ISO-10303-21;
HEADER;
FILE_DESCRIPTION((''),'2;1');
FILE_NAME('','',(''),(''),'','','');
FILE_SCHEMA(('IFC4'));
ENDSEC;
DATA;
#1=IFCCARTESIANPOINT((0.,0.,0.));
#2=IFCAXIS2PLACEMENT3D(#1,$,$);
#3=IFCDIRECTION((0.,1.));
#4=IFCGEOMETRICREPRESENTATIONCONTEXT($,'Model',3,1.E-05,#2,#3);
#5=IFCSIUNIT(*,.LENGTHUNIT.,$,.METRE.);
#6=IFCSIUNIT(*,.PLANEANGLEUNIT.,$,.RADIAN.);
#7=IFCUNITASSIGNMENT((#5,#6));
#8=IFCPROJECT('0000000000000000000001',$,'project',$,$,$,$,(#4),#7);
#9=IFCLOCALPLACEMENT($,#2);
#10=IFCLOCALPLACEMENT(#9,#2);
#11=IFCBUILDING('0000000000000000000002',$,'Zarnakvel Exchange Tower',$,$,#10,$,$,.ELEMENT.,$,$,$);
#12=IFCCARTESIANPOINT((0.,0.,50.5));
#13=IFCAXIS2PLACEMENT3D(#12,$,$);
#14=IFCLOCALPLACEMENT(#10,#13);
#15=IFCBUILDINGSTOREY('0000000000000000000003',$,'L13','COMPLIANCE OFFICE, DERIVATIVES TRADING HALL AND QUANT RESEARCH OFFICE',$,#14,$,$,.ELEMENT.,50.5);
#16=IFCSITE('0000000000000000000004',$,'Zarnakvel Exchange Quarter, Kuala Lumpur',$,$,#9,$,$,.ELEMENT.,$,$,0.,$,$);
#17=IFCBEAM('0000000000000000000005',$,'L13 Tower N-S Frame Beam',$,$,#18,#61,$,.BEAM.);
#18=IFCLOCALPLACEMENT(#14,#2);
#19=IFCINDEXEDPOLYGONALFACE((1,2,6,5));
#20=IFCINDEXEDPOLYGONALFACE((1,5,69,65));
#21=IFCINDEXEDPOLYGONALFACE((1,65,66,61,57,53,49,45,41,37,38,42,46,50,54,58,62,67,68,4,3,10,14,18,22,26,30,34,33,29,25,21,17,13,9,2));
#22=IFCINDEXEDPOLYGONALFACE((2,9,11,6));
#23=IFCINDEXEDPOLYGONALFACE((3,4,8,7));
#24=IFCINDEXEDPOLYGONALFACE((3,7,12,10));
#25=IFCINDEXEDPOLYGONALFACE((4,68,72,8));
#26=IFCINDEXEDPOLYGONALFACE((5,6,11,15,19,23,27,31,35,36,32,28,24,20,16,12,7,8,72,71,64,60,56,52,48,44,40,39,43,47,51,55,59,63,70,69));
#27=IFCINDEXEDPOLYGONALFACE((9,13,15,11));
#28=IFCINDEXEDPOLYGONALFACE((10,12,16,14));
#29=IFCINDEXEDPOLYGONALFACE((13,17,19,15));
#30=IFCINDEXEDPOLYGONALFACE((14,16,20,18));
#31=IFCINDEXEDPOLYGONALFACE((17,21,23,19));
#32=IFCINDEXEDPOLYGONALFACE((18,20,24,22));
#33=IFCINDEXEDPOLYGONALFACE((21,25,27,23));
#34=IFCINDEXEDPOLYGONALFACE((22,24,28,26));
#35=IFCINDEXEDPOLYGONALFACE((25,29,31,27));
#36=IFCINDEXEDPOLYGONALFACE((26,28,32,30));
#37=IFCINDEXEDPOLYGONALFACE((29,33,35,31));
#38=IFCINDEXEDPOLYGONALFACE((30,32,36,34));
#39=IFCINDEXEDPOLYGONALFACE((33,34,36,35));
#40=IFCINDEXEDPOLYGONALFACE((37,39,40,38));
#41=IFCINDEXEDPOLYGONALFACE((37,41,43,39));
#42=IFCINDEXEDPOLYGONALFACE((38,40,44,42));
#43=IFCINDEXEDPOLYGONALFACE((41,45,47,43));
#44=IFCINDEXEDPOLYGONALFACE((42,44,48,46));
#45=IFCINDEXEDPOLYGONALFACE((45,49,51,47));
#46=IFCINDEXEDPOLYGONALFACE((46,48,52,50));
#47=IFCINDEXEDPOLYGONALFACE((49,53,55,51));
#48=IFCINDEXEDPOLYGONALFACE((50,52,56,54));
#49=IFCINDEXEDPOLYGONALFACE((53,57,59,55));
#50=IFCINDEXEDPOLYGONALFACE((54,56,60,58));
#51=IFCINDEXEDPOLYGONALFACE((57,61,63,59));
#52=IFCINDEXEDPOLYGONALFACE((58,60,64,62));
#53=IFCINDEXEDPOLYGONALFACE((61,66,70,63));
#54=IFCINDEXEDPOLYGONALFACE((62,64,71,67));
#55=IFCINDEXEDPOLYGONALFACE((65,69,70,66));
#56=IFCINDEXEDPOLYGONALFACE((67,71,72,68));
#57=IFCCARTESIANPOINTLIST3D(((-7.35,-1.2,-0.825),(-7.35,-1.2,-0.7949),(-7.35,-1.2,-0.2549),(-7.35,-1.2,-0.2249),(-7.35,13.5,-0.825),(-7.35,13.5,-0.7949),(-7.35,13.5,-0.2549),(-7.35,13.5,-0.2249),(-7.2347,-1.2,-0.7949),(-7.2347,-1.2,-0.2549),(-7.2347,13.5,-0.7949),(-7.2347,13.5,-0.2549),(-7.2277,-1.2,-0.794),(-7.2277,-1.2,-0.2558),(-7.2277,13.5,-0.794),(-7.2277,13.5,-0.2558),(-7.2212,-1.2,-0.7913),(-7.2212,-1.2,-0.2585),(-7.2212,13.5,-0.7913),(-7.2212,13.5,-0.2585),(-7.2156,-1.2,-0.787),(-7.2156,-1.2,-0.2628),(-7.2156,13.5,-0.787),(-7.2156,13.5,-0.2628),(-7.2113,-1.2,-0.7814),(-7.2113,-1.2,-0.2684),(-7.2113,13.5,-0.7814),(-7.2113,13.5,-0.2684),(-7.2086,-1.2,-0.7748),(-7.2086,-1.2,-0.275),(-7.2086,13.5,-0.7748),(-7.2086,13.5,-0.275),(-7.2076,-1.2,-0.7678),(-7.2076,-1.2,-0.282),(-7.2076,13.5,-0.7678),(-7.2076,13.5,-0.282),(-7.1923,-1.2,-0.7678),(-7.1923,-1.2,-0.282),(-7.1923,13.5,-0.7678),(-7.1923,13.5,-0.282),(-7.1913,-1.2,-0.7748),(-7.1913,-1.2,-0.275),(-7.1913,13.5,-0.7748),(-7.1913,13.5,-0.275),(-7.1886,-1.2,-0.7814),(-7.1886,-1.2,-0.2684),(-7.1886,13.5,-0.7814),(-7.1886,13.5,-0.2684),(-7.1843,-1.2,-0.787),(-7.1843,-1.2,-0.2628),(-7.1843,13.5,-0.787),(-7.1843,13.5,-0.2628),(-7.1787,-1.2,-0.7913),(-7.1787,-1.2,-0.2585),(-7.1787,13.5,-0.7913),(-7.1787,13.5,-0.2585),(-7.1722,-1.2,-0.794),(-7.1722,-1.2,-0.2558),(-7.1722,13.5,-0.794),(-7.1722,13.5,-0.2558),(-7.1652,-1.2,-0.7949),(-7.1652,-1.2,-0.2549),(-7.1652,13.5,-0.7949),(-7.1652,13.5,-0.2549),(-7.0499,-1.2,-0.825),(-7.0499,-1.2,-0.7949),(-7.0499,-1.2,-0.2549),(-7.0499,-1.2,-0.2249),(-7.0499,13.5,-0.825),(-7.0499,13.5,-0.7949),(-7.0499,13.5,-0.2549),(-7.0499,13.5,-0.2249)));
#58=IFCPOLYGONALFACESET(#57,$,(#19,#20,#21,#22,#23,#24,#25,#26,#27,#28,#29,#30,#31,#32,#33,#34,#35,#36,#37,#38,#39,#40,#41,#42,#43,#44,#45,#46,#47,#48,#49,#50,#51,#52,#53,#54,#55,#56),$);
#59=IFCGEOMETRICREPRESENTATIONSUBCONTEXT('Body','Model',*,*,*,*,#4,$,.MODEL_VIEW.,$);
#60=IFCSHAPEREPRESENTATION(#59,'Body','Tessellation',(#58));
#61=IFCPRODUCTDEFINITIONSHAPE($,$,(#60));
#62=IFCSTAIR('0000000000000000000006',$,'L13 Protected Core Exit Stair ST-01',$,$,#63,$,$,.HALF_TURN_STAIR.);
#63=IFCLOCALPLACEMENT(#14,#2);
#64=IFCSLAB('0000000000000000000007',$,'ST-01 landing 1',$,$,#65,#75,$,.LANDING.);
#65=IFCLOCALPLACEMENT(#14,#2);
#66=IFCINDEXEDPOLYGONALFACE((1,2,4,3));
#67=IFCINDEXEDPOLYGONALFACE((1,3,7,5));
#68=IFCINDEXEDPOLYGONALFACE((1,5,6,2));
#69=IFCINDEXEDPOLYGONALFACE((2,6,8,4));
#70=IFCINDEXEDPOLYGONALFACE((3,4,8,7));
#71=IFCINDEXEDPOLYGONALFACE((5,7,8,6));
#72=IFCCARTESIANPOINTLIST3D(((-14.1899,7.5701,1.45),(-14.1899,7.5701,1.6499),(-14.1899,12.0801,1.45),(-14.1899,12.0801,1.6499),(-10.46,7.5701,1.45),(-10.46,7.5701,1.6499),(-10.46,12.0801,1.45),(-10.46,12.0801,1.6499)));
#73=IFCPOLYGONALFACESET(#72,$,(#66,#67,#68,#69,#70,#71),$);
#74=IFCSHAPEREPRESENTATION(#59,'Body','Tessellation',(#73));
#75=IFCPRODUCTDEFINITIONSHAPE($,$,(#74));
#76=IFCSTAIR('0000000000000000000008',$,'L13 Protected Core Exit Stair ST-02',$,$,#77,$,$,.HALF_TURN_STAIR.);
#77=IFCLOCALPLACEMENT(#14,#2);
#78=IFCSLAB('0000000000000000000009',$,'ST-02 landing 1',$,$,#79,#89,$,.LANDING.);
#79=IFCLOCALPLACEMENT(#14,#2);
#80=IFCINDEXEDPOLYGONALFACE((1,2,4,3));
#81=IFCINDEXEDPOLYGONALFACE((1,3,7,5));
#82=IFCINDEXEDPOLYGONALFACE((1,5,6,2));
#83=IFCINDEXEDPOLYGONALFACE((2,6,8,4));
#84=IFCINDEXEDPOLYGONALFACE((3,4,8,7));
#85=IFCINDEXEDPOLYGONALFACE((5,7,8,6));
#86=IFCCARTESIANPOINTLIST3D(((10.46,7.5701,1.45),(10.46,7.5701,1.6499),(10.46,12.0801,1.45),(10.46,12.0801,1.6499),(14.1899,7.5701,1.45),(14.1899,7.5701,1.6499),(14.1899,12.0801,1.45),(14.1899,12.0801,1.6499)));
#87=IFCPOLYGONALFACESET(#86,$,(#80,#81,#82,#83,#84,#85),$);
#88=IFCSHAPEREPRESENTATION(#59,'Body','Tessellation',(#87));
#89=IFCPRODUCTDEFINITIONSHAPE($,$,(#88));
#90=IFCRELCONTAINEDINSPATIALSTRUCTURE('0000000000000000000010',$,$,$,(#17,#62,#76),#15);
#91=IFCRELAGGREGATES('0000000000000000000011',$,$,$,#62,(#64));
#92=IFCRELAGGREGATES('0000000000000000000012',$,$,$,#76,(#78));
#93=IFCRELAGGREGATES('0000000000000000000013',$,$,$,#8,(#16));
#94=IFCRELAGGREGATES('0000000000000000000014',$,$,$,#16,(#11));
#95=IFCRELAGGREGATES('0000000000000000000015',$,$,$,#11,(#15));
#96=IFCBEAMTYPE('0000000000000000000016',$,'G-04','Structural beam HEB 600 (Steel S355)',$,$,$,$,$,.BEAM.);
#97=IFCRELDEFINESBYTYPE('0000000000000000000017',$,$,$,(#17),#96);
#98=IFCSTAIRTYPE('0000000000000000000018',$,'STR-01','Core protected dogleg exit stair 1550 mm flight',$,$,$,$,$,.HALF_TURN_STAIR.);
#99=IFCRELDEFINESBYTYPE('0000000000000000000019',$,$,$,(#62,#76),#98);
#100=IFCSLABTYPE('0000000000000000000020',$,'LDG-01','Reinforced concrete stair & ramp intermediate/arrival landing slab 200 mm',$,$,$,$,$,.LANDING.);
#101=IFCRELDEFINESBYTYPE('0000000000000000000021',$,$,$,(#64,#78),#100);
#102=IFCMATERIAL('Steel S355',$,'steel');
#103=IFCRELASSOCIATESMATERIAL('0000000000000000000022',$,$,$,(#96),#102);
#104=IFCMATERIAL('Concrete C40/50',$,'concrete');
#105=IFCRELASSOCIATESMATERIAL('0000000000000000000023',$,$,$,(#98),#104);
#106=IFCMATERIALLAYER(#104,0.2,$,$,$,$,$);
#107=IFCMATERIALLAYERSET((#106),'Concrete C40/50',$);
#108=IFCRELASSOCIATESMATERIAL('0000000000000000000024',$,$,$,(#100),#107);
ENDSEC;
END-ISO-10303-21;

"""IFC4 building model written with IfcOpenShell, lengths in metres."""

from ifc_helpers import new_model, si_unit, direction, frame, origin, origin_2d, place, context, subcontext, project, spatial, polyline, i_section, outline, extrude, material, layer, layer_set, material_profile, profile_set, type_object, element, aggregate, save


model = new_model("IFC4")

# Units and contexts
model_context = context("Model", 3, precision=1e-05, world=origin(), true_north=direction((0.0, 1.0)))
body_context = subcontext(model_context, "Body", "Model", "MODEL_VIEW")
ifc_project = project(units=[si_unit("LENGTHUNIT", "METRE"), si_unit("PLANEANGLEUNIT", "RADIAN")], contexts=[model_context])

# Site, building, storey
site_placement = place(None, origin())
site = spatial("IfcSite", under=ifc_project, at=site_placement, Name="Zarnakvel Exchange Quarter, Kuala Lumpur", CompositionType="ELEMENT", RefElevation=0.0)
building_placement = place(site_placement, origin())
building = spatial("IfcBuilding", under=site, at=building_placement, Name="Zarnakvel Exchange Tower", CompositionType="ELEMENT")
storey_placement = place(building_placement, frame((0.0, 0.0, 50.5)))
storey = spatial("IfcBuildingStorey", under=building, at=storey_placement, Name="L13", Description="COMPLIANCE OFFICE, DERIVATIVES TRADING HALL AND QUANT RESEARCH OFFICE", CompositionType="ELEMENT", Elevation=50.5)

# Beam
ifc_material_1 = material(Name="Steel S355", Category="steel")
ifc_material_profile_1 = material_profile(ifc_material_1, i_section(OverallWidth=0.3, OverallDepth=0.6001, WebThickness=0.0154, FlangeThickness=0.03, FilletRadius=0.0271, at=origin_2d()))
ifc_profile_set_1 = profile_set([ifc_material_profile_1], Name="Steel S355")
beam_type_1 = type_object("IfcBeamType", Name="G-04", Description="Structural beam HEB 600 (Steel S355)", PredefinedType="BEAM", material=ifc_profile_set_1)
beam_1_placement = place(storey_placement, frame((-7.2, -1.2, -0.5249), z_axis=(0.0, 1.0, 0.0), x_axis=(-1.0, 0.0, 0.0)))
element("IfcBeam", 1, at=beam_1_placement, inside=storey, type_object=beam_type_1, Name="L13 Tower N-S Frame Beam", PredefinedType="BEAM", context=body_context, shape_type="SweptSolid", body=[
    extrude(i_section(OverallWidth=0.3, OverallDepth=0.6001, WebThickness=0.0154, FlangeThickness=0.03, FilletRadius=0.0271, at=origin_2d()), origin(), (0.0, 0.0, 1.0), 14.7),
])

# Stairs, slabs
ifc_material_2 = material(Name="Concrete C40/50", Category="concrete")
stair_type = type_object("IfcStairType", Name="STR-01", Description="Core protected dogleg exit stair 1550 mm flight", PredefinedType="HALF_TURN_STAIR", material=ifc_material_2)
stair_1_placement = place(storey_placement, origin())
stair_1 = element("IfcStair", 2, at=stair_1_placement, inside=storey, type_object=stair_type, Name="L13 Protected Core Exit Stair ST-01", PredefinedType="HALF_TURN_STAIR")
ifc_layer_1 = layer(ifc_material_2, 0.2)
ifc_layer_set_1 = layer_set([ifc_layer_1], Name="Concrete C40/50")
slab_type_1 = type_object("IfcSlabType", Name="LDG-01", Description="Reinforced concrete stair & ramp intermediate/arrival landing slab 200 mm", PredefinedType="LANDING", material=ifc_layer_set_1)
slab_1_placement = place(storey_placement, frame((0.0, 0.0, 1.45)))
slab_1 = element("IfcSlab", 3, at=slab_1_placement, type_object=slab_type_1, Name="ST-01 landing 1", PredefinedType="LANDING", context=body_context, shape_type="SweptSolid", body=[
    extrude(outline(polyline([(-14.1899, 7.5701), (-10.46, 7.5701), (-10.46, 12.0801), (-14.1899, 12.0801), (-14.1899, 7.5701)])), origin(), (0.0, 0.0, 1.0), 0.2),
])
aggregate(stair_1, [slab_1])
stair_2_placement = place(storey_placement, origin())
stair_2 = element("IfcStair", 4, at=stair_2_placement, inside=storey, type_object=stair_type, Name="L13 Protected Core Exit Stair ST-02", PredefinedType="HALF_TURN_STAIR")
slab_2_placement = place(storey_placement, frame((0.0, 0.0, 1.45)))
slab_2 = element("IfcSlab", 5, at=slab_2_placement, type_object=slab_type_1, Name="ST-02 landing 1", PredefinedType="LANDING", context=body_context, shape_type="SweptSolid", body=[
    extrude(outline(polyline([(10.46, 7.5701), (14.1899, 7.5701), (14.1899, 12.0801), (10.46, 12.0801), (10.46, 7.5701)])), origin(), (0.0, 0.0, 1.0), 0.2),
])
aggregate(stair_2, [slab_2])

save(model, "model.ifc")
